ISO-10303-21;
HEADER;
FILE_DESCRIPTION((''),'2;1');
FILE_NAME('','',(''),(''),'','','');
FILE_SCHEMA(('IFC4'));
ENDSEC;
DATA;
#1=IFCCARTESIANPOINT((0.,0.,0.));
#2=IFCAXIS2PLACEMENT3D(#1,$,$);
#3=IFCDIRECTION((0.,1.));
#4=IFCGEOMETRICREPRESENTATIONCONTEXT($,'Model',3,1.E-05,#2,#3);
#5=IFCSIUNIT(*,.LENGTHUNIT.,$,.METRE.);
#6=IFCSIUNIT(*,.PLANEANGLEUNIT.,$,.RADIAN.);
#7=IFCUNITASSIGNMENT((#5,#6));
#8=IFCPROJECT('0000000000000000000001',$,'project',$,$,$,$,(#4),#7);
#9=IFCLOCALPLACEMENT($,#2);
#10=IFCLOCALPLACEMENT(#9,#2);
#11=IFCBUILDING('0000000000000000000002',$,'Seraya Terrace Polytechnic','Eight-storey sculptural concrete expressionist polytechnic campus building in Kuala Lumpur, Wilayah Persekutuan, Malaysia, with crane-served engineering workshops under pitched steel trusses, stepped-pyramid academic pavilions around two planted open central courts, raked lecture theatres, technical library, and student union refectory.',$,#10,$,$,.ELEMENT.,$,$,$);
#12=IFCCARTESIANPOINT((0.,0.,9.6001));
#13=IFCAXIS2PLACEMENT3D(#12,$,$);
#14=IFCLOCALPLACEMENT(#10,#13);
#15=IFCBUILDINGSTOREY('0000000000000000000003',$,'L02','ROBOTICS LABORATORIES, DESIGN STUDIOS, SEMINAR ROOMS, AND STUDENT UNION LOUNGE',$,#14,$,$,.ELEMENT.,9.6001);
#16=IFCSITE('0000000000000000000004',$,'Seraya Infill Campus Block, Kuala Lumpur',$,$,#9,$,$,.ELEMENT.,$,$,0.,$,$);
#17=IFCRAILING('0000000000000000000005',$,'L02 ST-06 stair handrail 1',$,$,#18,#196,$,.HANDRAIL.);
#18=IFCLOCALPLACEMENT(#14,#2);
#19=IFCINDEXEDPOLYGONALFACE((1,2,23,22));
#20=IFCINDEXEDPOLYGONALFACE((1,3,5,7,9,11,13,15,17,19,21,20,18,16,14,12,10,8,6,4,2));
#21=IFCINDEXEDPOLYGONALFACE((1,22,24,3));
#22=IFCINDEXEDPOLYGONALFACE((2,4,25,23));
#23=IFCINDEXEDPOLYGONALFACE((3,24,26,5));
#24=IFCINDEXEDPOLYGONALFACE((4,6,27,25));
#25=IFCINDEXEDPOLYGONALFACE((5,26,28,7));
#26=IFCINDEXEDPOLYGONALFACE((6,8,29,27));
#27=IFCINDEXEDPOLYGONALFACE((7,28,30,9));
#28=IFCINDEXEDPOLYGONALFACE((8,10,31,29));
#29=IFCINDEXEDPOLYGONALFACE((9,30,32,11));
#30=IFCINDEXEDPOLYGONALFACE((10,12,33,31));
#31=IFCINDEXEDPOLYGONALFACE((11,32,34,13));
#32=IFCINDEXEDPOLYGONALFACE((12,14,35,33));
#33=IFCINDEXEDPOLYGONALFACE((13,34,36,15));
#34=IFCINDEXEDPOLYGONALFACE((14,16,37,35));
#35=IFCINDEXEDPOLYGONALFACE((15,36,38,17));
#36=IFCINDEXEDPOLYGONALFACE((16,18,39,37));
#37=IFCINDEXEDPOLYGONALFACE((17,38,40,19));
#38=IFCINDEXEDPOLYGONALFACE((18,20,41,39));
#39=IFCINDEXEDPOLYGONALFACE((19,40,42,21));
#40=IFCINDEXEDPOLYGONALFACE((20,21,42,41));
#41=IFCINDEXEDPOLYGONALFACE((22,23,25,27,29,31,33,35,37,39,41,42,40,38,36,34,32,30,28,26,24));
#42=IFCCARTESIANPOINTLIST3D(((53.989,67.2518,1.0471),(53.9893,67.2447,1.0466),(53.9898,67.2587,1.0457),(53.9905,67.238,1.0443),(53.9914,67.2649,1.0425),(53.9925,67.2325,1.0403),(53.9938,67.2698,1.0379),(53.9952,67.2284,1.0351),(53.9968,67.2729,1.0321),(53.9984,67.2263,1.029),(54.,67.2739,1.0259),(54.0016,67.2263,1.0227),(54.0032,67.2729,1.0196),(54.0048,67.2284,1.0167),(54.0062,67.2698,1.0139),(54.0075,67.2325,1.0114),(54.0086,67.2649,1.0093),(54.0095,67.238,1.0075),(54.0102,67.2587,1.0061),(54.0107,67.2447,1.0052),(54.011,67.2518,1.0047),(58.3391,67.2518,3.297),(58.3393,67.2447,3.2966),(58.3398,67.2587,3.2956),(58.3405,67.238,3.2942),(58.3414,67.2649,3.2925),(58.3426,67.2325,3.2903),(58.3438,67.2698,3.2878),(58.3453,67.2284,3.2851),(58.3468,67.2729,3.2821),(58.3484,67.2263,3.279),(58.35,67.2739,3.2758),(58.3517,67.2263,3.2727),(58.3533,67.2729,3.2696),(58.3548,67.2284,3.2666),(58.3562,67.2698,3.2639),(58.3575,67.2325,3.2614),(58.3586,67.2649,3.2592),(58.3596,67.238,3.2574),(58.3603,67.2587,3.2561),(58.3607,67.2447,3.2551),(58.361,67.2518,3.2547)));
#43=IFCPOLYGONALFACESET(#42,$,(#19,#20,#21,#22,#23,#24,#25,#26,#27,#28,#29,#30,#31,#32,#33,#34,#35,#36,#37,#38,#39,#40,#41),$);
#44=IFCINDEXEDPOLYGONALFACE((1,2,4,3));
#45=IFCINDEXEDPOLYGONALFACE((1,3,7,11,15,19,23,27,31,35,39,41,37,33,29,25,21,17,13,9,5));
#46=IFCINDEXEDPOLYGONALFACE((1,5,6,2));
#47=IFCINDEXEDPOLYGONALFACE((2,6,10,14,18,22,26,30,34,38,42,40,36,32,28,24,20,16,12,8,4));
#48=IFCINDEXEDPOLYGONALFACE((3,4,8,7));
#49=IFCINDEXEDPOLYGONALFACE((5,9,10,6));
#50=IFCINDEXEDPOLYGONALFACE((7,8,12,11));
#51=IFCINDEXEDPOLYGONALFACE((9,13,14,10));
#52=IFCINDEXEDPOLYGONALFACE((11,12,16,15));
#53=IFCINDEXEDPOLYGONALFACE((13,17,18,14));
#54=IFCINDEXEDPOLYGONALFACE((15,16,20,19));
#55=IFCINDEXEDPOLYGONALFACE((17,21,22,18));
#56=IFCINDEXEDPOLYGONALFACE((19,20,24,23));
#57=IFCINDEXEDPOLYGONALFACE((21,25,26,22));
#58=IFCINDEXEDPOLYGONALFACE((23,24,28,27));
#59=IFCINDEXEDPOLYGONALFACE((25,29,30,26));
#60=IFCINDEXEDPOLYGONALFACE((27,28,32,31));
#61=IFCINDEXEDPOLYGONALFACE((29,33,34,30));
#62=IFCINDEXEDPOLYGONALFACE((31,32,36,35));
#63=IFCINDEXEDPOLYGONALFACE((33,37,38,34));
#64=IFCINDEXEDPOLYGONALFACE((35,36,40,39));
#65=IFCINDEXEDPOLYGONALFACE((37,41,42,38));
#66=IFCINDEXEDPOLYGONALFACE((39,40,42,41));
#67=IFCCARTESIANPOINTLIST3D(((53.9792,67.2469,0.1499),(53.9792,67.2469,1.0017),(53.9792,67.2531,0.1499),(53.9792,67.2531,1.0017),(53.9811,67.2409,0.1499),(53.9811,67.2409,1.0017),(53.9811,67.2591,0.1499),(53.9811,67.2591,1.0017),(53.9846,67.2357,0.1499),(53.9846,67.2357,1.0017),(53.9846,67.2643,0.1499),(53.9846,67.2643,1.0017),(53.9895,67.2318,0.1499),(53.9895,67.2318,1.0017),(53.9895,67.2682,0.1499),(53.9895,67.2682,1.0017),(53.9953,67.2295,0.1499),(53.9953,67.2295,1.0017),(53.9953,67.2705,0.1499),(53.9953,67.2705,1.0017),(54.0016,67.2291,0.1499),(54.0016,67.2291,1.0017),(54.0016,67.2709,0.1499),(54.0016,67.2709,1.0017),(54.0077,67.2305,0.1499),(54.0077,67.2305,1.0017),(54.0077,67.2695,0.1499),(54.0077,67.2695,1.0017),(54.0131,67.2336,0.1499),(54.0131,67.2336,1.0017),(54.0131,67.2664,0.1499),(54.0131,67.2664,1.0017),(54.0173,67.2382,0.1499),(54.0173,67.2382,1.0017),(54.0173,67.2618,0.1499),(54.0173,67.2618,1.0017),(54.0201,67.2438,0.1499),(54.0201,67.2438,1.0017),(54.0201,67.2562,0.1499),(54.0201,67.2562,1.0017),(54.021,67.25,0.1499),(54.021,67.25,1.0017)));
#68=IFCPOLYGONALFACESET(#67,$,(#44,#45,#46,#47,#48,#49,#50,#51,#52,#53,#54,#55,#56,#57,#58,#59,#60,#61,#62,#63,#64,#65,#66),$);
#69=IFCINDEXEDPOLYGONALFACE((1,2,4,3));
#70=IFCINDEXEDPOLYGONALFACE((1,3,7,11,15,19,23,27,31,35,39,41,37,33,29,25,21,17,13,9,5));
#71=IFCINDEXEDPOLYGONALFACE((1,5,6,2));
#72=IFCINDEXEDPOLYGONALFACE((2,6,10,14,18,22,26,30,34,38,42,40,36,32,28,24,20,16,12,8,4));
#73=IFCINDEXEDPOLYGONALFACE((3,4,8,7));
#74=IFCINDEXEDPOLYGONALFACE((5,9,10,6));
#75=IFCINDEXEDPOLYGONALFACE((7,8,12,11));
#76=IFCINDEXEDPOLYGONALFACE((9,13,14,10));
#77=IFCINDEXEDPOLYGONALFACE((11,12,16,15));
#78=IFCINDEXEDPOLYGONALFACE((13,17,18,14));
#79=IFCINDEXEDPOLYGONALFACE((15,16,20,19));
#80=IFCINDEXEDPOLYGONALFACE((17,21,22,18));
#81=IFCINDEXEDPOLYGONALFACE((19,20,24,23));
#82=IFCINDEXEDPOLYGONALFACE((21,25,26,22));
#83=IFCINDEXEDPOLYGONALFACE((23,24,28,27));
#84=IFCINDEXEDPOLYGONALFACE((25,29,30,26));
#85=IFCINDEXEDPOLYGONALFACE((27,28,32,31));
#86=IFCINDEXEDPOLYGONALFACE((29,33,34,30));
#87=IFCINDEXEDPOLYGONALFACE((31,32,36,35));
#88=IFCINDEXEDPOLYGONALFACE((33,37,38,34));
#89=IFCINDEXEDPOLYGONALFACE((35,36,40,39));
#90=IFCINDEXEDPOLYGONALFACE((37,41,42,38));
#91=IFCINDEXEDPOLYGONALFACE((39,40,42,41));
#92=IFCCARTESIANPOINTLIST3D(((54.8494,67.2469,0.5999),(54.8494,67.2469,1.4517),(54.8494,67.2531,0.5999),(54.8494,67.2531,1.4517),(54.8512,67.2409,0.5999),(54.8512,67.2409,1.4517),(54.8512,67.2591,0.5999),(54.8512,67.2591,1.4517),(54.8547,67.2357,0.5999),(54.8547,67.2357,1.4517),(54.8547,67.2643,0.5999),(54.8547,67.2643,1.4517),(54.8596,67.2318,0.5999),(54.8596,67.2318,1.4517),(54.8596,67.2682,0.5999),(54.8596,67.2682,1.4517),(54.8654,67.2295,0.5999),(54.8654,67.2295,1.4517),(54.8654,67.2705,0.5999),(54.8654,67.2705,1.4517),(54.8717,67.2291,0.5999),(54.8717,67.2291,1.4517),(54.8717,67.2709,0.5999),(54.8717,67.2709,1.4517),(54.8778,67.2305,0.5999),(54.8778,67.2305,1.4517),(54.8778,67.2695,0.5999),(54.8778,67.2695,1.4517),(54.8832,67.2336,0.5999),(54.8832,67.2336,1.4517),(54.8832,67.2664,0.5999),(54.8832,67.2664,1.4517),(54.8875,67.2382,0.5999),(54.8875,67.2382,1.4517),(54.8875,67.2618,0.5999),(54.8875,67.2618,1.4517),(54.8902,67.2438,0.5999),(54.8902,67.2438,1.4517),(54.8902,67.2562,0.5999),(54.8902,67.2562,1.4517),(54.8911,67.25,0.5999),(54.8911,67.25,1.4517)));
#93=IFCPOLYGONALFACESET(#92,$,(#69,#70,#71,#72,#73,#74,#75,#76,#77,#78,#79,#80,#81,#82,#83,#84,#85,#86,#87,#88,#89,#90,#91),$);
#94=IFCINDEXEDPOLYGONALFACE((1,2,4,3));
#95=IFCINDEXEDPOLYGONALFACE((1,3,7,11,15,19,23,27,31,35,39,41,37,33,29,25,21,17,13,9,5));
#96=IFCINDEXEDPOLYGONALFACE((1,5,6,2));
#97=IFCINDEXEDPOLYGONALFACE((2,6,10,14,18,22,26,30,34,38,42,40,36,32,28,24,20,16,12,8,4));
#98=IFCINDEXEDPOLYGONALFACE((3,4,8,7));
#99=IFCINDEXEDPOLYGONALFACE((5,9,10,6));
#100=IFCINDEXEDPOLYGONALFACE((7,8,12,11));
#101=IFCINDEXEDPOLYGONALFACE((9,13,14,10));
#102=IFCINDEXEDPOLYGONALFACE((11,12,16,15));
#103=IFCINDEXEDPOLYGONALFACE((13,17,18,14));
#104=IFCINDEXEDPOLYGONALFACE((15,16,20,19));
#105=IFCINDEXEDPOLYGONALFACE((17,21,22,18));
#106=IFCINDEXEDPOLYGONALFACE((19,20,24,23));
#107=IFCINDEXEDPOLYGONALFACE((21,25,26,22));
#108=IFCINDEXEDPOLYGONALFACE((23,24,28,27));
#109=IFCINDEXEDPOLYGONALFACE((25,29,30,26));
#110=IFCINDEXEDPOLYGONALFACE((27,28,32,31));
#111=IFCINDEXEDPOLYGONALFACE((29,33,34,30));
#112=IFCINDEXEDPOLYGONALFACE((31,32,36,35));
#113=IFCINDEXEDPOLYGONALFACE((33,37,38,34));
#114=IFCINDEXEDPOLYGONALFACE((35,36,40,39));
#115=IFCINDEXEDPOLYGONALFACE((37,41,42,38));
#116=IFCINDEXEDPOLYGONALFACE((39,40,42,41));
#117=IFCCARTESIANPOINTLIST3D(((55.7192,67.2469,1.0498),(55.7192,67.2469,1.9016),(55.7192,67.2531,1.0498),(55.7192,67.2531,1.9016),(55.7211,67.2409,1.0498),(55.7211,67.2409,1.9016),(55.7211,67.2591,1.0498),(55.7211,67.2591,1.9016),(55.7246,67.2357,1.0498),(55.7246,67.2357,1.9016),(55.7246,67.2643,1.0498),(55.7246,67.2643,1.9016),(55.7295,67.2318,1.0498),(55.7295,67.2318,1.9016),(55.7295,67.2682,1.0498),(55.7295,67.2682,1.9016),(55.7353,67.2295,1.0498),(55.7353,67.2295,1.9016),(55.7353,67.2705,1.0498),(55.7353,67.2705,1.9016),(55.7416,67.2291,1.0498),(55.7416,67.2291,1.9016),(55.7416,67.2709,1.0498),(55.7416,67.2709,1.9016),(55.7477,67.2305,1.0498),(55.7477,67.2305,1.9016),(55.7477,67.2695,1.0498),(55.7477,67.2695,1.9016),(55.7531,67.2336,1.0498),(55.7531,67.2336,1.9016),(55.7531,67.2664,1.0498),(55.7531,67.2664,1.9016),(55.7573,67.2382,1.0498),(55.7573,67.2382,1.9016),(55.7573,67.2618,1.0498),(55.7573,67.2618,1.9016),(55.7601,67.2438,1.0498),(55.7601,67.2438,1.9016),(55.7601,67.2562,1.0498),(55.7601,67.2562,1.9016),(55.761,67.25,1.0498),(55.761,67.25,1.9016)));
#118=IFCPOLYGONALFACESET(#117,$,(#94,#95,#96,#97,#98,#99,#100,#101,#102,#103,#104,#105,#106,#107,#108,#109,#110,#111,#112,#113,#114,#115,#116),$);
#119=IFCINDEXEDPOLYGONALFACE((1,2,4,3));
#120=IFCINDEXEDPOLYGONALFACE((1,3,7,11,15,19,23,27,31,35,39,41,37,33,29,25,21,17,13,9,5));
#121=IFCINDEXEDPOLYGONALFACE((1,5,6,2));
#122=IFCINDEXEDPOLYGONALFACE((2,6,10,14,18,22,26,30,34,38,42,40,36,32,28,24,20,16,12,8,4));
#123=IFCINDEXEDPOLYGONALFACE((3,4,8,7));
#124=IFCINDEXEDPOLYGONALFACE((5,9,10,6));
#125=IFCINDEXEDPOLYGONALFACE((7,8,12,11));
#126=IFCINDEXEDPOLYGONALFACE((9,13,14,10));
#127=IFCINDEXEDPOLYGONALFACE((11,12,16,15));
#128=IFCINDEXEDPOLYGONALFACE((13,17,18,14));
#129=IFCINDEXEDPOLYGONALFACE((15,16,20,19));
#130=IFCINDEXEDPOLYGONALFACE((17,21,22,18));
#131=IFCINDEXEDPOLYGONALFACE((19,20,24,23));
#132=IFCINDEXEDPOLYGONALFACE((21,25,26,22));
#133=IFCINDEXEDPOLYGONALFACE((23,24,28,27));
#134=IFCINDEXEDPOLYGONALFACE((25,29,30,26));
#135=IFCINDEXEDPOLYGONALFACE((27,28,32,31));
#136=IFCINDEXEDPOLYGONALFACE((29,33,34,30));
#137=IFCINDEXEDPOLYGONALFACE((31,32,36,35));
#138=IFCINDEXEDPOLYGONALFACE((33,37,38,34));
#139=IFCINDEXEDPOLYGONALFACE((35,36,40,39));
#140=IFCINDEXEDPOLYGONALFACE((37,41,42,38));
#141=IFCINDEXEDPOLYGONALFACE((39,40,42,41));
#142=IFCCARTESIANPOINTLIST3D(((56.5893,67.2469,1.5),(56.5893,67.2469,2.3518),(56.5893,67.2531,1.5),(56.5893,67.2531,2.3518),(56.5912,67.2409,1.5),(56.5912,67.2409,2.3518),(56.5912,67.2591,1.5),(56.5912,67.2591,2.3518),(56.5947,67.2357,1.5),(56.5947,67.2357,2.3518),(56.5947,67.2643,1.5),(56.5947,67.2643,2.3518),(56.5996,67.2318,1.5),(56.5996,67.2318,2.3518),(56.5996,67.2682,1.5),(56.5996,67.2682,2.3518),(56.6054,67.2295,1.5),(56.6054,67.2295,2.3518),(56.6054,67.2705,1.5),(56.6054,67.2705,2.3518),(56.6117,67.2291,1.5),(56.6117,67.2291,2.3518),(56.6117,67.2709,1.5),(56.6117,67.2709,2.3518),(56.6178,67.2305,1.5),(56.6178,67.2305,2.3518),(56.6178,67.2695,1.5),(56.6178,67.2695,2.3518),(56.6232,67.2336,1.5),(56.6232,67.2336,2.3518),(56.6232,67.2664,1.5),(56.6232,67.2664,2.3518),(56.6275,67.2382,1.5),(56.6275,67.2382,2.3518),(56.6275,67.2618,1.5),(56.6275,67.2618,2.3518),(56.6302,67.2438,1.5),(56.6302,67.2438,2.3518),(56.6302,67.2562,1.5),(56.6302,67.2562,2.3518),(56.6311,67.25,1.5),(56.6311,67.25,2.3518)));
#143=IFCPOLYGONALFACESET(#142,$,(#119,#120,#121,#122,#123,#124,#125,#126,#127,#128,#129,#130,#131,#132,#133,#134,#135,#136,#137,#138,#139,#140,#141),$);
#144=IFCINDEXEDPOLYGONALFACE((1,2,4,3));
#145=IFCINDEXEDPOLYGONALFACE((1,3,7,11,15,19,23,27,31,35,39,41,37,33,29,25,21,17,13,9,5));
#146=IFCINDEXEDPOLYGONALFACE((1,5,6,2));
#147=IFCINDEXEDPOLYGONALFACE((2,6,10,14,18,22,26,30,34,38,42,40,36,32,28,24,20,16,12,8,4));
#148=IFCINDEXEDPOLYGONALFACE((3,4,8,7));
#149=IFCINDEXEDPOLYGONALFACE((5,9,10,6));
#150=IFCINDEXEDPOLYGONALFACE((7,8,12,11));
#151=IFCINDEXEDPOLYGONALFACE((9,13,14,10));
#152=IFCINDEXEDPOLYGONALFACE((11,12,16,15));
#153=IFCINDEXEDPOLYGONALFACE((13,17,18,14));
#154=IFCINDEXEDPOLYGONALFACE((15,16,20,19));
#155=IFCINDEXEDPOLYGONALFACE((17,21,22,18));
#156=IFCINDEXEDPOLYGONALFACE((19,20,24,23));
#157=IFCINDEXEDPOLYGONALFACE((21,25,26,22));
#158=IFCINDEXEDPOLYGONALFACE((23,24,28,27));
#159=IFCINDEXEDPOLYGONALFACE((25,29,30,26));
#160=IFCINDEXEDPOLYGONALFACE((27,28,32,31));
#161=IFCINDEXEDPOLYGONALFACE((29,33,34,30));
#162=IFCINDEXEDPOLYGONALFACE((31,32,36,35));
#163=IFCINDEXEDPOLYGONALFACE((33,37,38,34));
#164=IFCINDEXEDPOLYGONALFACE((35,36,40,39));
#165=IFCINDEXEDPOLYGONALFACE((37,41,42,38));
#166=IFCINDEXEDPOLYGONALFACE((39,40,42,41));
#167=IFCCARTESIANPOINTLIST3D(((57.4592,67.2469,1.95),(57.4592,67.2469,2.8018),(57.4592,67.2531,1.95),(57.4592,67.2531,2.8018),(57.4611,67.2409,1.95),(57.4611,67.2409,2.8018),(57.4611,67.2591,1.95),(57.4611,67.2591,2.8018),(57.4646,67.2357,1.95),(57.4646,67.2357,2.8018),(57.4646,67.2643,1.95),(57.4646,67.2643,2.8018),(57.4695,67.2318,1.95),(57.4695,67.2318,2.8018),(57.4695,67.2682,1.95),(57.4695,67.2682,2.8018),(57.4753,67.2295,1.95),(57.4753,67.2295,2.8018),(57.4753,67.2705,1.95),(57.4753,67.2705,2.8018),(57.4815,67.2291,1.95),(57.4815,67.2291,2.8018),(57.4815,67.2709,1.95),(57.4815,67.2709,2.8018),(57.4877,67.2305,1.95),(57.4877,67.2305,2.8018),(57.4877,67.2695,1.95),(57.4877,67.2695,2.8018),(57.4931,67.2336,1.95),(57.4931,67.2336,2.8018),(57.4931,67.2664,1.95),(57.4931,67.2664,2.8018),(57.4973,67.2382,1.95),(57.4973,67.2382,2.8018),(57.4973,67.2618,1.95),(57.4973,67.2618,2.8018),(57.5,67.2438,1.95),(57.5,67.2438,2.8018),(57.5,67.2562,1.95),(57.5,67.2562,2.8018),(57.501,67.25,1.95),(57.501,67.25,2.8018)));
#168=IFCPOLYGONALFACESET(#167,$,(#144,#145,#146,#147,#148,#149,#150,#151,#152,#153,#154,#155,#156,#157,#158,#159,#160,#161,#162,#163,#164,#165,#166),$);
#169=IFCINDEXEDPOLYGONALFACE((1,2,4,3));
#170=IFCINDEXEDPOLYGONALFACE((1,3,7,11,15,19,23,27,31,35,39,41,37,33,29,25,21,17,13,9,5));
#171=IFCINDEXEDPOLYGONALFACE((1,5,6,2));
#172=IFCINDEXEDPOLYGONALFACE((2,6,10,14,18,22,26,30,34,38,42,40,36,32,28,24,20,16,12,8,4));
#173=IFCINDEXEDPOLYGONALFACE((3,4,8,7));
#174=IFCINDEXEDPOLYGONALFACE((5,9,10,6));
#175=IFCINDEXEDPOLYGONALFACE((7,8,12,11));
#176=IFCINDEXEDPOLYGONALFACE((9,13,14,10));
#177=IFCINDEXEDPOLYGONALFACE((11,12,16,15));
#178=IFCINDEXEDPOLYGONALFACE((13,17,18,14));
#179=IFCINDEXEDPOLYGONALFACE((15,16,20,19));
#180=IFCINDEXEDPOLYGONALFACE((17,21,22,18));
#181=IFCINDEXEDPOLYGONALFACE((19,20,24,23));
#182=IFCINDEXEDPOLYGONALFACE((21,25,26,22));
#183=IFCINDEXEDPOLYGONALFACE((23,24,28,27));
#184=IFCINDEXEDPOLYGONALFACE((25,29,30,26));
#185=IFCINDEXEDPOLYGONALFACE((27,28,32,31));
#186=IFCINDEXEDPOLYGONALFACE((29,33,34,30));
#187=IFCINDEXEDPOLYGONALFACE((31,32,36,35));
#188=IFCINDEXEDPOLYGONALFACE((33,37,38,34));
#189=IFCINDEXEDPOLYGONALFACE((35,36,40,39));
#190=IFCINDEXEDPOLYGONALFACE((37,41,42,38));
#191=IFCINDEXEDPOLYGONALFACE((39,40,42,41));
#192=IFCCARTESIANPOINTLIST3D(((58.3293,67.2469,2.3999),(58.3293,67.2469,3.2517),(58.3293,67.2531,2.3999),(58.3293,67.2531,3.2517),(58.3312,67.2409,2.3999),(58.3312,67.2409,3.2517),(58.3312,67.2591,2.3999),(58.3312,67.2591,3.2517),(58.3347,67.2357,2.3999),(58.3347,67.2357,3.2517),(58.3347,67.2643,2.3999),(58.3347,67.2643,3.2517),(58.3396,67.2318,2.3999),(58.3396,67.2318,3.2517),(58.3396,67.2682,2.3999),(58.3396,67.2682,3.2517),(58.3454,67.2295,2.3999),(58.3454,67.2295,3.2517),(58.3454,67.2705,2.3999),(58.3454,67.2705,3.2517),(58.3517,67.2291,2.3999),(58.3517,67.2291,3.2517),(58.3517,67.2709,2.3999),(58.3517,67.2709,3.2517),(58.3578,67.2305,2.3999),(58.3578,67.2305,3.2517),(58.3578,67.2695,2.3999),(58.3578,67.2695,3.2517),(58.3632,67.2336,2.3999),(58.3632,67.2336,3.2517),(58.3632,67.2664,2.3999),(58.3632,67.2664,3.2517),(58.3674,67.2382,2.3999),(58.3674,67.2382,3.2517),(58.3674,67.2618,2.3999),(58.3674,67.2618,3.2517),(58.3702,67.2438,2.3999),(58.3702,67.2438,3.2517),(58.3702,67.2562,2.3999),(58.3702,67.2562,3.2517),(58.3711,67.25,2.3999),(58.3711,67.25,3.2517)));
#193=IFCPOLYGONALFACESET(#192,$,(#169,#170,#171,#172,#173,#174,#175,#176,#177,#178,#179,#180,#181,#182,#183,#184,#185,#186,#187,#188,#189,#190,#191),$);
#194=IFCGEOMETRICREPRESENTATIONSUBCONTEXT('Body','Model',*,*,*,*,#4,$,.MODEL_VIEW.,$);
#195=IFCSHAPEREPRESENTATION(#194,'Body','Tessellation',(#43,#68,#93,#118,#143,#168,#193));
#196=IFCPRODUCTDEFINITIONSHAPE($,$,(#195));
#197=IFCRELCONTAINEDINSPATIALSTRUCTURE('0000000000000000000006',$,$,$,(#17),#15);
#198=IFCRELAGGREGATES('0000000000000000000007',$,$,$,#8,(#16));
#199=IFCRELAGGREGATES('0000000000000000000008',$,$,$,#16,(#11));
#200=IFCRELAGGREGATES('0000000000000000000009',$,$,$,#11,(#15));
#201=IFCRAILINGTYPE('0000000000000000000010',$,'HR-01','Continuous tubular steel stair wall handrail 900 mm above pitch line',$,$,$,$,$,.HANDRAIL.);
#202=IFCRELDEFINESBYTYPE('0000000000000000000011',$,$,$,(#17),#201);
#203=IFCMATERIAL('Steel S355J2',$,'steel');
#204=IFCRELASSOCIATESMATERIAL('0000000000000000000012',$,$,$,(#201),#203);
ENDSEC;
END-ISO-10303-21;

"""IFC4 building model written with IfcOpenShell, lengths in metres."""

from ifc_helpers import new_model, si_unit, direction, frame, origin, origin_2d, place, context, subcontext, project, spatial, circle, extrude, material, type_object, element, save


model = new_model("IFC4")

# Units and contexts
model_context = context("Model", 3, precision=1e-05, world=origin(), true_north=direction((0.0, 1.0)))
body_context = subcontext(model_context, "Body", "Model", "MODEL_VIEW")
ifc_project = project(units=[si_unit("LENGTHUNIT", "METRE"), si_unit("PLANEANGLEUNIT", "RADIAN")], contexts=[model_context])

# Site, building, storey
site_placement = place(None, origin())
site = spatial("IfcSite", under=ifc_project, at=site_placement, Name="Seraya Infill Campus Block, Kuala Lumpur", CompositionType="ELEMENT", RefElevation=0.0)
building_placement = place(site_placement, origin())
building = spatial("IfcBuilding", under=site, at=building_placement, Name="Seraya Terrace Polytechnic", Description="Eight-storey sculptural concrete expressionist polytechnic campus building in Kuala Lumpur, Wilayah Persekutuan, Malaysia, with crane-served engineering workshops under pitched steel trusses, stepped-pyramid academic pavilions around two planted open central courts, raked lecture theatres, technical library, and student union refectory.", CompositionType="ELEMENT")
storey_placement = place(building_placement, frame((0.0, 0.0, 9.6001)))
storey = spatial("IfcBuildingStorey", under=building, at=storey_placement, Name="L02", Description="ROBOTICS LABORATORIES, DESIGN STUDIOS, SEMINAR ROOMS, AND STUDENT UNION LOUNGE", CompositionType="ELEMENT", Elevation=9.6001)

# Shared definitions
ifc_material_1 = material(Name="Steel S355J2", Category="steel")

# Railing
railing_type_1 = type_object("IfcRailingType", Name="HR-01", Description="Continuous tubular steel stair wall handrail 900 mm above pitch line", PredefinedType="HANDRAIL", material=ifc_material_1)
railing_1_placement = place(storey_placement, frame((54.0, 67.25, 0.1499)))
element("IfcRailing", 1, at=railing_1_placement, inside=storey, type_object=railing_type_1, Name="L02 ST-06 stair handrail 1", PredefinedType="HANDRAIL", context=body_context, shape_type="SweptSolid", body=[
    extrude(circle(Radius=0.0239, at=origin_2d()), frame((0.0, 0.0, 0.876), z_axis=(0.888222, 0.0, 0.459415), x_axis=(0.0, 1.0, 0.0)), (0.0, 0.0, 1.0), 4.8975),
    extrude(circle(Radius=0.021, at=origin_2d()), origin(), (0.0, 0.0, 1.0), 0.8518),
    extrude(circle(Radius=0.021, at=origin_2d()), frame((0.8701, 0.0, 0.45)), (0.0, 0.0, 1.0), 0.8518),
    extrude(circle(Radius=0.021, at=origin_2d()), frame((1.74, 0.0, 0.8999)), (0.0, 0.0, 1.0), 0.8518),
    extrude(circle(Radius=0.021, at=origin_2d()), frame((2.6101, 0.0, 1.3501)), (0.0, 0.0, 1.0), 0.8518),
    extrude(circle(Radius=0.021, at=origin_2d()), frame((3.48, 0.0, 1.8)), (0.0, 0.0, 1.0), 0.8518),
    extrude(circle(Radius=0.021, at=origin_2d()), frame((4.3501, 0.0, 2.25)), (0.0, 0.0, 1.0), 0.8518),
])

save(model, "model.ifc")
